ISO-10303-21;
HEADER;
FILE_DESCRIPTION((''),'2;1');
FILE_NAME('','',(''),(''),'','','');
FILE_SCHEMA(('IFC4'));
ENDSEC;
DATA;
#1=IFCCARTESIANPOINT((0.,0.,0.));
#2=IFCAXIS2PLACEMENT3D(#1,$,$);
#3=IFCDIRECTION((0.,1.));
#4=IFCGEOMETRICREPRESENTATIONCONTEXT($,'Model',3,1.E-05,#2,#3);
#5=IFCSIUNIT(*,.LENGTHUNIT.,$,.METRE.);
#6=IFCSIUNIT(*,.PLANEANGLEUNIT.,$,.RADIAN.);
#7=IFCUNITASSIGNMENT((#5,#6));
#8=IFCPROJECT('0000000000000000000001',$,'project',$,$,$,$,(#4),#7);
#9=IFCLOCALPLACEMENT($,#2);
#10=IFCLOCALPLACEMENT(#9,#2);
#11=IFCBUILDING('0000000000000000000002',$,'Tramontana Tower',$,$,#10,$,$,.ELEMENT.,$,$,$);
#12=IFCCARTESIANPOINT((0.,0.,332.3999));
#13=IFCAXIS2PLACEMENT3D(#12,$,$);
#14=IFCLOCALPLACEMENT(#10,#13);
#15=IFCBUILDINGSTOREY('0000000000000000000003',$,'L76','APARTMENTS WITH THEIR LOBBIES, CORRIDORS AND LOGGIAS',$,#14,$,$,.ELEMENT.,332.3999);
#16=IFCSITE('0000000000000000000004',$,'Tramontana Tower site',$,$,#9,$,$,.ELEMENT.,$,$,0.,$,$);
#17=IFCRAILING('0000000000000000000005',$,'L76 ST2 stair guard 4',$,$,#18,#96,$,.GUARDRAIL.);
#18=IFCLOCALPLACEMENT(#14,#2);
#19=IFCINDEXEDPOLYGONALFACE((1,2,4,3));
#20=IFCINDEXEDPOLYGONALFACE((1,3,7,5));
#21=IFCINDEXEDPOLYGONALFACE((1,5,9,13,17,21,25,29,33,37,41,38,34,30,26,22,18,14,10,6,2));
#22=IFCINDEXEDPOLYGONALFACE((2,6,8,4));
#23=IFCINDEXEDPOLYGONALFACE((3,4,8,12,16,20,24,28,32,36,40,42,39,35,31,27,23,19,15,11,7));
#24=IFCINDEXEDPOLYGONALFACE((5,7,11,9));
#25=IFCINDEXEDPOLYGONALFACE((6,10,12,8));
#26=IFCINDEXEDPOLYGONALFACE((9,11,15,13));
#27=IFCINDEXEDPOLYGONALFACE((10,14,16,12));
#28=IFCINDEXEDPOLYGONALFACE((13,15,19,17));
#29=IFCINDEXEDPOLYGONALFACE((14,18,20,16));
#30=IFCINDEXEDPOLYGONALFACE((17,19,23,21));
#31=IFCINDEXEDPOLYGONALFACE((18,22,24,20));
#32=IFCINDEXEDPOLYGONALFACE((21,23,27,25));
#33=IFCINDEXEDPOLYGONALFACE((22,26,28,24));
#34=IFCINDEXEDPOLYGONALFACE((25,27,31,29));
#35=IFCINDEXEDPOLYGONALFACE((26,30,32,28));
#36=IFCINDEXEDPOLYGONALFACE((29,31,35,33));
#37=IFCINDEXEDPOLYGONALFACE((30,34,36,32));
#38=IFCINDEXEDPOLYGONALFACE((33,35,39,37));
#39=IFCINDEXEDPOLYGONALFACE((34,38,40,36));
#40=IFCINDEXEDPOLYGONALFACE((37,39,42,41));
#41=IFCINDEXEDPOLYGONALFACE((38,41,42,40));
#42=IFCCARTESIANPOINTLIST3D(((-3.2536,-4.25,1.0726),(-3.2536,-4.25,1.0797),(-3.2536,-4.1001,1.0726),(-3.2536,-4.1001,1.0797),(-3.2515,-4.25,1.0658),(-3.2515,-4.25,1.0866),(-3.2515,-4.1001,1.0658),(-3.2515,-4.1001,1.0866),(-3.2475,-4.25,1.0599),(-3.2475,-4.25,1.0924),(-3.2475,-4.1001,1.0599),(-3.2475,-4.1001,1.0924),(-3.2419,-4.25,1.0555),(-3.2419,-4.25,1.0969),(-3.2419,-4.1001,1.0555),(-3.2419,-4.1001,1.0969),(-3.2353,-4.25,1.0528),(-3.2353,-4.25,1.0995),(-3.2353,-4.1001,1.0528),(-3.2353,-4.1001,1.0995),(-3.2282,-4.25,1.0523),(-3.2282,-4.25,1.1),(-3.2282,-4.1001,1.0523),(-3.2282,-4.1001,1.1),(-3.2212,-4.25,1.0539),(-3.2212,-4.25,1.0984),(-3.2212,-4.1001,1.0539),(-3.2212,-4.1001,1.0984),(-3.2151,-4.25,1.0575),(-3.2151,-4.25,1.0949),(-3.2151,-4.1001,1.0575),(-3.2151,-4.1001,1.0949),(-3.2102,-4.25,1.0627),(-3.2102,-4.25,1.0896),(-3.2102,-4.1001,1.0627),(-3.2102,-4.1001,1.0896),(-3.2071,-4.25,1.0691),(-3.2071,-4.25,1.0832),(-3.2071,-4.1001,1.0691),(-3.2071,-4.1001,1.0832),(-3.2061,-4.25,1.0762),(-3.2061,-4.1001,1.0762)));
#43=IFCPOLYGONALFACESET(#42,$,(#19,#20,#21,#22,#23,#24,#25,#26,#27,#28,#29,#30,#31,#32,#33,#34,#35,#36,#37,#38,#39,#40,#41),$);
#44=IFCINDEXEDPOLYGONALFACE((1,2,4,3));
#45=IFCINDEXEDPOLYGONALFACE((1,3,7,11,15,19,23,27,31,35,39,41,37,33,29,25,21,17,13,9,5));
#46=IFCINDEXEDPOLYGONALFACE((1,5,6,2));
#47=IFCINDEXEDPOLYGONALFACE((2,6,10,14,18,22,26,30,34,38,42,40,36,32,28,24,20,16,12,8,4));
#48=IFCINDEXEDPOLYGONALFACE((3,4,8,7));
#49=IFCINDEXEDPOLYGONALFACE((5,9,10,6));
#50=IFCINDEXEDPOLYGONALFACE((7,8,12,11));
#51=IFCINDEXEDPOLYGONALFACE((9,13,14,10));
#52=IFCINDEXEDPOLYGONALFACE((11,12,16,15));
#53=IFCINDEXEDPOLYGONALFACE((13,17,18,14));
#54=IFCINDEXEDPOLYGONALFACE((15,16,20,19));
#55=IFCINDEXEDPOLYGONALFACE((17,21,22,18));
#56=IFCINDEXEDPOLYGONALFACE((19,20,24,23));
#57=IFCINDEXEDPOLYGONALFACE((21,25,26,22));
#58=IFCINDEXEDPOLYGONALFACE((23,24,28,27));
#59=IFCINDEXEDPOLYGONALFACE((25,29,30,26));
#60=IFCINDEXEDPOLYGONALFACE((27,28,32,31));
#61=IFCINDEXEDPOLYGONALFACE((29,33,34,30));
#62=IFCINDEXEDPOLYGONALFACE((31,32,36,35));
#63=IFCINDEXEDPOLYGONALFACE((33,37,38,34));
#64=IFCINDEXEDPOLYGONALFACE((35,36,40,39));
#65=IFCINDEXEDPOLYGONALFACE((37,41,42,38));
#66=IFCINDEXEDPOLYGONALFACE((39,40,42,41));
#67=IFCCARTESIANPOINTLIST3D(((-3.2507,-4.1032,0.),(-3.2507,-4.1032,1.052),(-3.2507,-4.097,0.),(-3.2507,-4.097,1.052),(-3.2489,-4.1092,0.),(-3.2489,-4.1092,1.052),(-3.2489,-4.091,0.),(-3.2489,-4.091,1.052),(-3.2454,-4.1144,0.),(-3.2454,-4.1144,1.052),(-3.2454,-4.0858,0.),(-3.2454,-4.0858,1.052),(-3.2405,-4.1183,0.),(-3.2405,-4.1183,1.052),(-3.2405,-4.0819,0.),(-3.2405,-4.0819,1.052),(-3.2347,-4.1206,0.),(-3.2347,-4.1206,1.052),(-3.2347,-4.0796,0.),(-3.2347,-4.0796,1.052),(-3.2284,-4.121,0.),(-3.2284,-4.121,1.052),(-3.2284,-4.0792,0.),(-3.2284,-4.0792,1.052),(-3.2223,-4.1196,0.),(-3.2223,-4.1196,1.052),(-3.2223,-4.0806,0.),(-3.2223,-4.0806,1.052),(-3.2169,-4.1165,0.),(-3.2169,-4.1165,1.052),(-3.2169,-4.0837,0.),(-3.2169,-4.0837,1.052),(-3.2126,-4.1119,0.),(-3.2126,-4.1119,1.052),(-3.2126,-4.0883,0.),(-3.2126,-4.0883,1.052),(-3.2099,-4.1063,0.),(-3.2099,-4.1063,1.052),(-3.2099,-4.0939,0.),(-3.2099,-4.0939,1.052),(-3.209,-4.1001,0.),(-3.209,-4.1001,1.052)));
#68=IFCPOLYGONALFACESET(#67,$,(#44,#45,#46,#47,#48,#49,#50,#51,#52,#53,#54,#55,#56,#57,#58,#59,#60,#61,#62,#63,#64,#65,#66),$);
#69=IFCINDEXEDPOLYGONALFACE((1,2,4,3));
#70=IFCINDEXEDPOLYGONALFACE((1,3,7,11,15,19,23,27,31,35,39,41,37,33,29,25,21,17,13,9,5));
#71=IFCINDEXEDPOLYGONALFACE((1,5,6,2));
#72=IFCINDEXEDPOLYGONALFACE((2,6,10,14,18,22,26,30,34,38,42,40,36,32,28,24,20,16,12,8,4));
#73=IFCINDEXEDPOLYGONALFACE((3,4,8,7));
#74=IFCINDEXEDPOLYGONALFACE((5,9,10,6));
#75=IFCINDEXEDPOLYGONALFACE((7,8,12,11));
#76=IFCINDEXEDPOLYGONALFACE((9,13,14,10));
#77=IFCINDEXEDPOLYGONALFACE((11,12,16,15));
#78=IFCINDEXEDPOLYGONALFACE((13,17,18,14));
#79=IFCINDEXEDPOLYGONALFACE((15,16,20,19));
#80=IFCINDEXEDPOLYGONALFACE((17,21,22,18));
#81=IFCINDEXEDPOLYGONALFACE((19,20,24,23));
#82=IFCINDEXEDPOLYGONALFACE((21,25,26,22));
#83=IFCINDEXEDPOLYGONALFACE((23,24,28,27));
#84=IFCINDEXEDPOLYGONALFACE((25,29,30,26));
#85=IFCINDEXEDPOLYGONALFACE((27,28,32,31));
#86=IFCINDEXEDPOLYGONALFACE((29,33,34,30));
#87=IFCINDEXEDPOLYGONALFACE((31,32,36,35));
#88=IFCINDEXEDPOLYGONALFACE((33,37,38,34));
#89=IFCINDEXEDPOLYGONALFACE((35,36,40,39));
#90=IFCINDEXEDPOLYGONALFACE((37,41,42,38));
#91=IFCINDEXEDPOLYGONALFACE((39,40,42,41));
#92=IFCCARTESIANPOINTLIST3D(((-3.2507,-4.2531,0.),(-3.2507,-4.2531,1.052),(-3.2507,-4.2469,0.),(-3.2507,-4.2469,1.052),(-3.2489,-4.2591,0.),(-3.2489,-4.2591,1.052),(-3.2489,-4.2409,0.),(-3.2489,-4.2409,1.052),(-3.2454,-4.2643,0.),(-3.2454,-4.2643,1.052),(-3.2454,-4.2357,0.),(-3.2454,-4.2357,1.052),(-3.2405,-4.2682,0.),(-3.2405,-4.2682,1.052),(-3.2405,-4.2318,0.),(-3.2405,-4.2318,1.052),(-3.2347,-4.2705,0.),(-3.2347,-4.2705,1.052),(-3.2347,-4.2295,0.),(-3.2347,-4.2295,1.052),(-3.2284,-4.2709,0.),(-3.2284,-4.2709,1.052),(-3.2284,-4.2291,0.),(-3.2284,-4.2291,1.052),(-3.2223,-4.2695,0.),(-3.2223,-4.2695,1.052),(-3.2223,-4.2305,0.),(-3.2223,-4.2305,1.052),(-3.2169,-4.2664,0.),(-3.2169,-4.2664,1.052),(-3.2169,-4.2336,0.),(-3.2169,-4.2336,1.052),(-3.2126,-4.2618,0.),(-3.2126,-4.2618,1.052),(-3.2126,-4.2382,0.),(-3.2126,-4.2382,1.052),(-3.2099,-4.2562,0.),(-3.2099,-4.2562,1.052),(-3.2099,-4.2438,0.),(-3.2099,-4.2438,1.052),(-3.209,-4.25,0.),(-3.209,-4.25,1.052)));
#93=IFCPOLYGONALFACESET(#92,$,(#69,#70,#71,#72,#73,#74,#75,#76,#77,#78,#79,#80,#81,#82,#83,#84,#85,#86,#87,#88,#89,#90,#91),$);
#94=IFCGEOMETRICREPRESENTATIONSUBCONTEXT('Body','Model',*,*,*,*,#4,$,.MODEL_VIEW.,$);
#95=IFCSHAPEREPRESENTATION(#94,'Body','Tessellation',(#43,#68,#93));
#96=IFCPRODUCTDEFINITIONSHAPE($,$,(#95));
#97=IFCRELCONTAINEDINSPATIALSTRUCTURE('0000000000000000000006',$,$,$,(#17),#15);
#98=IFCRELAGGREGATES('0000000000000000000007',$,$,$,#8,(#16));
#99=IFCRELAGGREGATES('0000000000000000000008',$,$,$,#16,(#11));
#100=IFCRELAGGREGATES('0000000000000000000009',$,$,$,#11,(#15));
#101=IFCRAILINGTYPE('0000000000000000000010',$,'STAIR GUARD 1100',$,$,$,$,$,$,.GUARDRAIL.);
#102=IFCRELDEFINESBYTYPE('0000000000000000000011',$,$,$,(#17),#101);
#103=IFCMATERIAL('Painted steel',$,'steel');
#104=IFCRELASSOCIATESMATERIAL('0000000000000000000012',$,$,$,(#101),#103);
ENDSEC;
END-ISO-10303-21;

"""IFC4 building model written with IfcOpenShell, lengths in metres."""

from ifc_helpers import new_model, si_unit, direction, frame, origin, origin_2d, place, context, subcontext, project, spatial, circle, extrude, material, type_object, element, save


model = new_model("IFC4")

# Units and contexts
model_context = context("Model", 3, precision=1e-05, world=origin(), true_north=direction((0.0, 1.0)))
body_context = subcontext(model_context, "Body", "Model", "MODEL_VIEW")
ifc_project = project(units=[si_unit("LENGTHUNIT", "METRE"), si_unit("PLANEANGLEUNIT", "RADIAN")], contexts=[model_context])

# Site, building, storey
site_placement = place(None, origin())
site = spatial("IfcSite", under=ifc_project, at=site_placement, Name="Tramontana Tower site", CompositionType="ELEMENT", RefElevation=0.0)
building_placement = place(site_placement, origin())
building = spatial("IfcBuilding", under=site, at=building_placement, Name="Tramontana Tower", CompositionType="ELEMENT")
storey_placement = place(building_placement, frame((0.0, 0.0, 332.3999)))
storey = spatial("IfcBuildingStorey", under=building, at=storey_placement, Name="L76", Description="APARTMENTS WITH THEIR LOBBIES, CORRIDORS AND LOGGIAS", CompositionType="ELEMENT", Elevation=332.3999)

# Railing
ifc_material_1 = material(Name="Painted steel", Category="steel")
railing_type_1 = type_object("IfcRailingType", Name="STAIR GUARD 1100", PredefinedType="GUARDRAIL", material=ifc_material_1)
railing_1_placement = place(storey_placement, frame((-3.23, -4.1001, 0.0)))
element("IfcRailing", 1, at=railing_1_placement, inside=storey, type_object=railing_type_1, Name="L76 ST2 stair guard 4", PredefinedType="GUARDRAIL", context=body_context, shape_type="SweptSolid", body=[
    extrude(circle(Radius=0.0239, at=origin_2d()), frame((0.0, 0.0, 1.0762), z_axis=(0.0, -1.0, 0.0), x_axis=(1.0, 0.0, 0.0)), (0.0, 0.0, 1.0), 0.1499),
    extrude(circle(Radius=0.021, at=origin_2d()), origin(), (0.0, 0.0, 1.0), 1.052),
    extrude(circle(Radius=0.021, at=origin_2d()), frame((0.0, -0.1499, 0.0)), (0.0, 0.0, 1.0), 1.052),
])

save(model, "model.ifc")
